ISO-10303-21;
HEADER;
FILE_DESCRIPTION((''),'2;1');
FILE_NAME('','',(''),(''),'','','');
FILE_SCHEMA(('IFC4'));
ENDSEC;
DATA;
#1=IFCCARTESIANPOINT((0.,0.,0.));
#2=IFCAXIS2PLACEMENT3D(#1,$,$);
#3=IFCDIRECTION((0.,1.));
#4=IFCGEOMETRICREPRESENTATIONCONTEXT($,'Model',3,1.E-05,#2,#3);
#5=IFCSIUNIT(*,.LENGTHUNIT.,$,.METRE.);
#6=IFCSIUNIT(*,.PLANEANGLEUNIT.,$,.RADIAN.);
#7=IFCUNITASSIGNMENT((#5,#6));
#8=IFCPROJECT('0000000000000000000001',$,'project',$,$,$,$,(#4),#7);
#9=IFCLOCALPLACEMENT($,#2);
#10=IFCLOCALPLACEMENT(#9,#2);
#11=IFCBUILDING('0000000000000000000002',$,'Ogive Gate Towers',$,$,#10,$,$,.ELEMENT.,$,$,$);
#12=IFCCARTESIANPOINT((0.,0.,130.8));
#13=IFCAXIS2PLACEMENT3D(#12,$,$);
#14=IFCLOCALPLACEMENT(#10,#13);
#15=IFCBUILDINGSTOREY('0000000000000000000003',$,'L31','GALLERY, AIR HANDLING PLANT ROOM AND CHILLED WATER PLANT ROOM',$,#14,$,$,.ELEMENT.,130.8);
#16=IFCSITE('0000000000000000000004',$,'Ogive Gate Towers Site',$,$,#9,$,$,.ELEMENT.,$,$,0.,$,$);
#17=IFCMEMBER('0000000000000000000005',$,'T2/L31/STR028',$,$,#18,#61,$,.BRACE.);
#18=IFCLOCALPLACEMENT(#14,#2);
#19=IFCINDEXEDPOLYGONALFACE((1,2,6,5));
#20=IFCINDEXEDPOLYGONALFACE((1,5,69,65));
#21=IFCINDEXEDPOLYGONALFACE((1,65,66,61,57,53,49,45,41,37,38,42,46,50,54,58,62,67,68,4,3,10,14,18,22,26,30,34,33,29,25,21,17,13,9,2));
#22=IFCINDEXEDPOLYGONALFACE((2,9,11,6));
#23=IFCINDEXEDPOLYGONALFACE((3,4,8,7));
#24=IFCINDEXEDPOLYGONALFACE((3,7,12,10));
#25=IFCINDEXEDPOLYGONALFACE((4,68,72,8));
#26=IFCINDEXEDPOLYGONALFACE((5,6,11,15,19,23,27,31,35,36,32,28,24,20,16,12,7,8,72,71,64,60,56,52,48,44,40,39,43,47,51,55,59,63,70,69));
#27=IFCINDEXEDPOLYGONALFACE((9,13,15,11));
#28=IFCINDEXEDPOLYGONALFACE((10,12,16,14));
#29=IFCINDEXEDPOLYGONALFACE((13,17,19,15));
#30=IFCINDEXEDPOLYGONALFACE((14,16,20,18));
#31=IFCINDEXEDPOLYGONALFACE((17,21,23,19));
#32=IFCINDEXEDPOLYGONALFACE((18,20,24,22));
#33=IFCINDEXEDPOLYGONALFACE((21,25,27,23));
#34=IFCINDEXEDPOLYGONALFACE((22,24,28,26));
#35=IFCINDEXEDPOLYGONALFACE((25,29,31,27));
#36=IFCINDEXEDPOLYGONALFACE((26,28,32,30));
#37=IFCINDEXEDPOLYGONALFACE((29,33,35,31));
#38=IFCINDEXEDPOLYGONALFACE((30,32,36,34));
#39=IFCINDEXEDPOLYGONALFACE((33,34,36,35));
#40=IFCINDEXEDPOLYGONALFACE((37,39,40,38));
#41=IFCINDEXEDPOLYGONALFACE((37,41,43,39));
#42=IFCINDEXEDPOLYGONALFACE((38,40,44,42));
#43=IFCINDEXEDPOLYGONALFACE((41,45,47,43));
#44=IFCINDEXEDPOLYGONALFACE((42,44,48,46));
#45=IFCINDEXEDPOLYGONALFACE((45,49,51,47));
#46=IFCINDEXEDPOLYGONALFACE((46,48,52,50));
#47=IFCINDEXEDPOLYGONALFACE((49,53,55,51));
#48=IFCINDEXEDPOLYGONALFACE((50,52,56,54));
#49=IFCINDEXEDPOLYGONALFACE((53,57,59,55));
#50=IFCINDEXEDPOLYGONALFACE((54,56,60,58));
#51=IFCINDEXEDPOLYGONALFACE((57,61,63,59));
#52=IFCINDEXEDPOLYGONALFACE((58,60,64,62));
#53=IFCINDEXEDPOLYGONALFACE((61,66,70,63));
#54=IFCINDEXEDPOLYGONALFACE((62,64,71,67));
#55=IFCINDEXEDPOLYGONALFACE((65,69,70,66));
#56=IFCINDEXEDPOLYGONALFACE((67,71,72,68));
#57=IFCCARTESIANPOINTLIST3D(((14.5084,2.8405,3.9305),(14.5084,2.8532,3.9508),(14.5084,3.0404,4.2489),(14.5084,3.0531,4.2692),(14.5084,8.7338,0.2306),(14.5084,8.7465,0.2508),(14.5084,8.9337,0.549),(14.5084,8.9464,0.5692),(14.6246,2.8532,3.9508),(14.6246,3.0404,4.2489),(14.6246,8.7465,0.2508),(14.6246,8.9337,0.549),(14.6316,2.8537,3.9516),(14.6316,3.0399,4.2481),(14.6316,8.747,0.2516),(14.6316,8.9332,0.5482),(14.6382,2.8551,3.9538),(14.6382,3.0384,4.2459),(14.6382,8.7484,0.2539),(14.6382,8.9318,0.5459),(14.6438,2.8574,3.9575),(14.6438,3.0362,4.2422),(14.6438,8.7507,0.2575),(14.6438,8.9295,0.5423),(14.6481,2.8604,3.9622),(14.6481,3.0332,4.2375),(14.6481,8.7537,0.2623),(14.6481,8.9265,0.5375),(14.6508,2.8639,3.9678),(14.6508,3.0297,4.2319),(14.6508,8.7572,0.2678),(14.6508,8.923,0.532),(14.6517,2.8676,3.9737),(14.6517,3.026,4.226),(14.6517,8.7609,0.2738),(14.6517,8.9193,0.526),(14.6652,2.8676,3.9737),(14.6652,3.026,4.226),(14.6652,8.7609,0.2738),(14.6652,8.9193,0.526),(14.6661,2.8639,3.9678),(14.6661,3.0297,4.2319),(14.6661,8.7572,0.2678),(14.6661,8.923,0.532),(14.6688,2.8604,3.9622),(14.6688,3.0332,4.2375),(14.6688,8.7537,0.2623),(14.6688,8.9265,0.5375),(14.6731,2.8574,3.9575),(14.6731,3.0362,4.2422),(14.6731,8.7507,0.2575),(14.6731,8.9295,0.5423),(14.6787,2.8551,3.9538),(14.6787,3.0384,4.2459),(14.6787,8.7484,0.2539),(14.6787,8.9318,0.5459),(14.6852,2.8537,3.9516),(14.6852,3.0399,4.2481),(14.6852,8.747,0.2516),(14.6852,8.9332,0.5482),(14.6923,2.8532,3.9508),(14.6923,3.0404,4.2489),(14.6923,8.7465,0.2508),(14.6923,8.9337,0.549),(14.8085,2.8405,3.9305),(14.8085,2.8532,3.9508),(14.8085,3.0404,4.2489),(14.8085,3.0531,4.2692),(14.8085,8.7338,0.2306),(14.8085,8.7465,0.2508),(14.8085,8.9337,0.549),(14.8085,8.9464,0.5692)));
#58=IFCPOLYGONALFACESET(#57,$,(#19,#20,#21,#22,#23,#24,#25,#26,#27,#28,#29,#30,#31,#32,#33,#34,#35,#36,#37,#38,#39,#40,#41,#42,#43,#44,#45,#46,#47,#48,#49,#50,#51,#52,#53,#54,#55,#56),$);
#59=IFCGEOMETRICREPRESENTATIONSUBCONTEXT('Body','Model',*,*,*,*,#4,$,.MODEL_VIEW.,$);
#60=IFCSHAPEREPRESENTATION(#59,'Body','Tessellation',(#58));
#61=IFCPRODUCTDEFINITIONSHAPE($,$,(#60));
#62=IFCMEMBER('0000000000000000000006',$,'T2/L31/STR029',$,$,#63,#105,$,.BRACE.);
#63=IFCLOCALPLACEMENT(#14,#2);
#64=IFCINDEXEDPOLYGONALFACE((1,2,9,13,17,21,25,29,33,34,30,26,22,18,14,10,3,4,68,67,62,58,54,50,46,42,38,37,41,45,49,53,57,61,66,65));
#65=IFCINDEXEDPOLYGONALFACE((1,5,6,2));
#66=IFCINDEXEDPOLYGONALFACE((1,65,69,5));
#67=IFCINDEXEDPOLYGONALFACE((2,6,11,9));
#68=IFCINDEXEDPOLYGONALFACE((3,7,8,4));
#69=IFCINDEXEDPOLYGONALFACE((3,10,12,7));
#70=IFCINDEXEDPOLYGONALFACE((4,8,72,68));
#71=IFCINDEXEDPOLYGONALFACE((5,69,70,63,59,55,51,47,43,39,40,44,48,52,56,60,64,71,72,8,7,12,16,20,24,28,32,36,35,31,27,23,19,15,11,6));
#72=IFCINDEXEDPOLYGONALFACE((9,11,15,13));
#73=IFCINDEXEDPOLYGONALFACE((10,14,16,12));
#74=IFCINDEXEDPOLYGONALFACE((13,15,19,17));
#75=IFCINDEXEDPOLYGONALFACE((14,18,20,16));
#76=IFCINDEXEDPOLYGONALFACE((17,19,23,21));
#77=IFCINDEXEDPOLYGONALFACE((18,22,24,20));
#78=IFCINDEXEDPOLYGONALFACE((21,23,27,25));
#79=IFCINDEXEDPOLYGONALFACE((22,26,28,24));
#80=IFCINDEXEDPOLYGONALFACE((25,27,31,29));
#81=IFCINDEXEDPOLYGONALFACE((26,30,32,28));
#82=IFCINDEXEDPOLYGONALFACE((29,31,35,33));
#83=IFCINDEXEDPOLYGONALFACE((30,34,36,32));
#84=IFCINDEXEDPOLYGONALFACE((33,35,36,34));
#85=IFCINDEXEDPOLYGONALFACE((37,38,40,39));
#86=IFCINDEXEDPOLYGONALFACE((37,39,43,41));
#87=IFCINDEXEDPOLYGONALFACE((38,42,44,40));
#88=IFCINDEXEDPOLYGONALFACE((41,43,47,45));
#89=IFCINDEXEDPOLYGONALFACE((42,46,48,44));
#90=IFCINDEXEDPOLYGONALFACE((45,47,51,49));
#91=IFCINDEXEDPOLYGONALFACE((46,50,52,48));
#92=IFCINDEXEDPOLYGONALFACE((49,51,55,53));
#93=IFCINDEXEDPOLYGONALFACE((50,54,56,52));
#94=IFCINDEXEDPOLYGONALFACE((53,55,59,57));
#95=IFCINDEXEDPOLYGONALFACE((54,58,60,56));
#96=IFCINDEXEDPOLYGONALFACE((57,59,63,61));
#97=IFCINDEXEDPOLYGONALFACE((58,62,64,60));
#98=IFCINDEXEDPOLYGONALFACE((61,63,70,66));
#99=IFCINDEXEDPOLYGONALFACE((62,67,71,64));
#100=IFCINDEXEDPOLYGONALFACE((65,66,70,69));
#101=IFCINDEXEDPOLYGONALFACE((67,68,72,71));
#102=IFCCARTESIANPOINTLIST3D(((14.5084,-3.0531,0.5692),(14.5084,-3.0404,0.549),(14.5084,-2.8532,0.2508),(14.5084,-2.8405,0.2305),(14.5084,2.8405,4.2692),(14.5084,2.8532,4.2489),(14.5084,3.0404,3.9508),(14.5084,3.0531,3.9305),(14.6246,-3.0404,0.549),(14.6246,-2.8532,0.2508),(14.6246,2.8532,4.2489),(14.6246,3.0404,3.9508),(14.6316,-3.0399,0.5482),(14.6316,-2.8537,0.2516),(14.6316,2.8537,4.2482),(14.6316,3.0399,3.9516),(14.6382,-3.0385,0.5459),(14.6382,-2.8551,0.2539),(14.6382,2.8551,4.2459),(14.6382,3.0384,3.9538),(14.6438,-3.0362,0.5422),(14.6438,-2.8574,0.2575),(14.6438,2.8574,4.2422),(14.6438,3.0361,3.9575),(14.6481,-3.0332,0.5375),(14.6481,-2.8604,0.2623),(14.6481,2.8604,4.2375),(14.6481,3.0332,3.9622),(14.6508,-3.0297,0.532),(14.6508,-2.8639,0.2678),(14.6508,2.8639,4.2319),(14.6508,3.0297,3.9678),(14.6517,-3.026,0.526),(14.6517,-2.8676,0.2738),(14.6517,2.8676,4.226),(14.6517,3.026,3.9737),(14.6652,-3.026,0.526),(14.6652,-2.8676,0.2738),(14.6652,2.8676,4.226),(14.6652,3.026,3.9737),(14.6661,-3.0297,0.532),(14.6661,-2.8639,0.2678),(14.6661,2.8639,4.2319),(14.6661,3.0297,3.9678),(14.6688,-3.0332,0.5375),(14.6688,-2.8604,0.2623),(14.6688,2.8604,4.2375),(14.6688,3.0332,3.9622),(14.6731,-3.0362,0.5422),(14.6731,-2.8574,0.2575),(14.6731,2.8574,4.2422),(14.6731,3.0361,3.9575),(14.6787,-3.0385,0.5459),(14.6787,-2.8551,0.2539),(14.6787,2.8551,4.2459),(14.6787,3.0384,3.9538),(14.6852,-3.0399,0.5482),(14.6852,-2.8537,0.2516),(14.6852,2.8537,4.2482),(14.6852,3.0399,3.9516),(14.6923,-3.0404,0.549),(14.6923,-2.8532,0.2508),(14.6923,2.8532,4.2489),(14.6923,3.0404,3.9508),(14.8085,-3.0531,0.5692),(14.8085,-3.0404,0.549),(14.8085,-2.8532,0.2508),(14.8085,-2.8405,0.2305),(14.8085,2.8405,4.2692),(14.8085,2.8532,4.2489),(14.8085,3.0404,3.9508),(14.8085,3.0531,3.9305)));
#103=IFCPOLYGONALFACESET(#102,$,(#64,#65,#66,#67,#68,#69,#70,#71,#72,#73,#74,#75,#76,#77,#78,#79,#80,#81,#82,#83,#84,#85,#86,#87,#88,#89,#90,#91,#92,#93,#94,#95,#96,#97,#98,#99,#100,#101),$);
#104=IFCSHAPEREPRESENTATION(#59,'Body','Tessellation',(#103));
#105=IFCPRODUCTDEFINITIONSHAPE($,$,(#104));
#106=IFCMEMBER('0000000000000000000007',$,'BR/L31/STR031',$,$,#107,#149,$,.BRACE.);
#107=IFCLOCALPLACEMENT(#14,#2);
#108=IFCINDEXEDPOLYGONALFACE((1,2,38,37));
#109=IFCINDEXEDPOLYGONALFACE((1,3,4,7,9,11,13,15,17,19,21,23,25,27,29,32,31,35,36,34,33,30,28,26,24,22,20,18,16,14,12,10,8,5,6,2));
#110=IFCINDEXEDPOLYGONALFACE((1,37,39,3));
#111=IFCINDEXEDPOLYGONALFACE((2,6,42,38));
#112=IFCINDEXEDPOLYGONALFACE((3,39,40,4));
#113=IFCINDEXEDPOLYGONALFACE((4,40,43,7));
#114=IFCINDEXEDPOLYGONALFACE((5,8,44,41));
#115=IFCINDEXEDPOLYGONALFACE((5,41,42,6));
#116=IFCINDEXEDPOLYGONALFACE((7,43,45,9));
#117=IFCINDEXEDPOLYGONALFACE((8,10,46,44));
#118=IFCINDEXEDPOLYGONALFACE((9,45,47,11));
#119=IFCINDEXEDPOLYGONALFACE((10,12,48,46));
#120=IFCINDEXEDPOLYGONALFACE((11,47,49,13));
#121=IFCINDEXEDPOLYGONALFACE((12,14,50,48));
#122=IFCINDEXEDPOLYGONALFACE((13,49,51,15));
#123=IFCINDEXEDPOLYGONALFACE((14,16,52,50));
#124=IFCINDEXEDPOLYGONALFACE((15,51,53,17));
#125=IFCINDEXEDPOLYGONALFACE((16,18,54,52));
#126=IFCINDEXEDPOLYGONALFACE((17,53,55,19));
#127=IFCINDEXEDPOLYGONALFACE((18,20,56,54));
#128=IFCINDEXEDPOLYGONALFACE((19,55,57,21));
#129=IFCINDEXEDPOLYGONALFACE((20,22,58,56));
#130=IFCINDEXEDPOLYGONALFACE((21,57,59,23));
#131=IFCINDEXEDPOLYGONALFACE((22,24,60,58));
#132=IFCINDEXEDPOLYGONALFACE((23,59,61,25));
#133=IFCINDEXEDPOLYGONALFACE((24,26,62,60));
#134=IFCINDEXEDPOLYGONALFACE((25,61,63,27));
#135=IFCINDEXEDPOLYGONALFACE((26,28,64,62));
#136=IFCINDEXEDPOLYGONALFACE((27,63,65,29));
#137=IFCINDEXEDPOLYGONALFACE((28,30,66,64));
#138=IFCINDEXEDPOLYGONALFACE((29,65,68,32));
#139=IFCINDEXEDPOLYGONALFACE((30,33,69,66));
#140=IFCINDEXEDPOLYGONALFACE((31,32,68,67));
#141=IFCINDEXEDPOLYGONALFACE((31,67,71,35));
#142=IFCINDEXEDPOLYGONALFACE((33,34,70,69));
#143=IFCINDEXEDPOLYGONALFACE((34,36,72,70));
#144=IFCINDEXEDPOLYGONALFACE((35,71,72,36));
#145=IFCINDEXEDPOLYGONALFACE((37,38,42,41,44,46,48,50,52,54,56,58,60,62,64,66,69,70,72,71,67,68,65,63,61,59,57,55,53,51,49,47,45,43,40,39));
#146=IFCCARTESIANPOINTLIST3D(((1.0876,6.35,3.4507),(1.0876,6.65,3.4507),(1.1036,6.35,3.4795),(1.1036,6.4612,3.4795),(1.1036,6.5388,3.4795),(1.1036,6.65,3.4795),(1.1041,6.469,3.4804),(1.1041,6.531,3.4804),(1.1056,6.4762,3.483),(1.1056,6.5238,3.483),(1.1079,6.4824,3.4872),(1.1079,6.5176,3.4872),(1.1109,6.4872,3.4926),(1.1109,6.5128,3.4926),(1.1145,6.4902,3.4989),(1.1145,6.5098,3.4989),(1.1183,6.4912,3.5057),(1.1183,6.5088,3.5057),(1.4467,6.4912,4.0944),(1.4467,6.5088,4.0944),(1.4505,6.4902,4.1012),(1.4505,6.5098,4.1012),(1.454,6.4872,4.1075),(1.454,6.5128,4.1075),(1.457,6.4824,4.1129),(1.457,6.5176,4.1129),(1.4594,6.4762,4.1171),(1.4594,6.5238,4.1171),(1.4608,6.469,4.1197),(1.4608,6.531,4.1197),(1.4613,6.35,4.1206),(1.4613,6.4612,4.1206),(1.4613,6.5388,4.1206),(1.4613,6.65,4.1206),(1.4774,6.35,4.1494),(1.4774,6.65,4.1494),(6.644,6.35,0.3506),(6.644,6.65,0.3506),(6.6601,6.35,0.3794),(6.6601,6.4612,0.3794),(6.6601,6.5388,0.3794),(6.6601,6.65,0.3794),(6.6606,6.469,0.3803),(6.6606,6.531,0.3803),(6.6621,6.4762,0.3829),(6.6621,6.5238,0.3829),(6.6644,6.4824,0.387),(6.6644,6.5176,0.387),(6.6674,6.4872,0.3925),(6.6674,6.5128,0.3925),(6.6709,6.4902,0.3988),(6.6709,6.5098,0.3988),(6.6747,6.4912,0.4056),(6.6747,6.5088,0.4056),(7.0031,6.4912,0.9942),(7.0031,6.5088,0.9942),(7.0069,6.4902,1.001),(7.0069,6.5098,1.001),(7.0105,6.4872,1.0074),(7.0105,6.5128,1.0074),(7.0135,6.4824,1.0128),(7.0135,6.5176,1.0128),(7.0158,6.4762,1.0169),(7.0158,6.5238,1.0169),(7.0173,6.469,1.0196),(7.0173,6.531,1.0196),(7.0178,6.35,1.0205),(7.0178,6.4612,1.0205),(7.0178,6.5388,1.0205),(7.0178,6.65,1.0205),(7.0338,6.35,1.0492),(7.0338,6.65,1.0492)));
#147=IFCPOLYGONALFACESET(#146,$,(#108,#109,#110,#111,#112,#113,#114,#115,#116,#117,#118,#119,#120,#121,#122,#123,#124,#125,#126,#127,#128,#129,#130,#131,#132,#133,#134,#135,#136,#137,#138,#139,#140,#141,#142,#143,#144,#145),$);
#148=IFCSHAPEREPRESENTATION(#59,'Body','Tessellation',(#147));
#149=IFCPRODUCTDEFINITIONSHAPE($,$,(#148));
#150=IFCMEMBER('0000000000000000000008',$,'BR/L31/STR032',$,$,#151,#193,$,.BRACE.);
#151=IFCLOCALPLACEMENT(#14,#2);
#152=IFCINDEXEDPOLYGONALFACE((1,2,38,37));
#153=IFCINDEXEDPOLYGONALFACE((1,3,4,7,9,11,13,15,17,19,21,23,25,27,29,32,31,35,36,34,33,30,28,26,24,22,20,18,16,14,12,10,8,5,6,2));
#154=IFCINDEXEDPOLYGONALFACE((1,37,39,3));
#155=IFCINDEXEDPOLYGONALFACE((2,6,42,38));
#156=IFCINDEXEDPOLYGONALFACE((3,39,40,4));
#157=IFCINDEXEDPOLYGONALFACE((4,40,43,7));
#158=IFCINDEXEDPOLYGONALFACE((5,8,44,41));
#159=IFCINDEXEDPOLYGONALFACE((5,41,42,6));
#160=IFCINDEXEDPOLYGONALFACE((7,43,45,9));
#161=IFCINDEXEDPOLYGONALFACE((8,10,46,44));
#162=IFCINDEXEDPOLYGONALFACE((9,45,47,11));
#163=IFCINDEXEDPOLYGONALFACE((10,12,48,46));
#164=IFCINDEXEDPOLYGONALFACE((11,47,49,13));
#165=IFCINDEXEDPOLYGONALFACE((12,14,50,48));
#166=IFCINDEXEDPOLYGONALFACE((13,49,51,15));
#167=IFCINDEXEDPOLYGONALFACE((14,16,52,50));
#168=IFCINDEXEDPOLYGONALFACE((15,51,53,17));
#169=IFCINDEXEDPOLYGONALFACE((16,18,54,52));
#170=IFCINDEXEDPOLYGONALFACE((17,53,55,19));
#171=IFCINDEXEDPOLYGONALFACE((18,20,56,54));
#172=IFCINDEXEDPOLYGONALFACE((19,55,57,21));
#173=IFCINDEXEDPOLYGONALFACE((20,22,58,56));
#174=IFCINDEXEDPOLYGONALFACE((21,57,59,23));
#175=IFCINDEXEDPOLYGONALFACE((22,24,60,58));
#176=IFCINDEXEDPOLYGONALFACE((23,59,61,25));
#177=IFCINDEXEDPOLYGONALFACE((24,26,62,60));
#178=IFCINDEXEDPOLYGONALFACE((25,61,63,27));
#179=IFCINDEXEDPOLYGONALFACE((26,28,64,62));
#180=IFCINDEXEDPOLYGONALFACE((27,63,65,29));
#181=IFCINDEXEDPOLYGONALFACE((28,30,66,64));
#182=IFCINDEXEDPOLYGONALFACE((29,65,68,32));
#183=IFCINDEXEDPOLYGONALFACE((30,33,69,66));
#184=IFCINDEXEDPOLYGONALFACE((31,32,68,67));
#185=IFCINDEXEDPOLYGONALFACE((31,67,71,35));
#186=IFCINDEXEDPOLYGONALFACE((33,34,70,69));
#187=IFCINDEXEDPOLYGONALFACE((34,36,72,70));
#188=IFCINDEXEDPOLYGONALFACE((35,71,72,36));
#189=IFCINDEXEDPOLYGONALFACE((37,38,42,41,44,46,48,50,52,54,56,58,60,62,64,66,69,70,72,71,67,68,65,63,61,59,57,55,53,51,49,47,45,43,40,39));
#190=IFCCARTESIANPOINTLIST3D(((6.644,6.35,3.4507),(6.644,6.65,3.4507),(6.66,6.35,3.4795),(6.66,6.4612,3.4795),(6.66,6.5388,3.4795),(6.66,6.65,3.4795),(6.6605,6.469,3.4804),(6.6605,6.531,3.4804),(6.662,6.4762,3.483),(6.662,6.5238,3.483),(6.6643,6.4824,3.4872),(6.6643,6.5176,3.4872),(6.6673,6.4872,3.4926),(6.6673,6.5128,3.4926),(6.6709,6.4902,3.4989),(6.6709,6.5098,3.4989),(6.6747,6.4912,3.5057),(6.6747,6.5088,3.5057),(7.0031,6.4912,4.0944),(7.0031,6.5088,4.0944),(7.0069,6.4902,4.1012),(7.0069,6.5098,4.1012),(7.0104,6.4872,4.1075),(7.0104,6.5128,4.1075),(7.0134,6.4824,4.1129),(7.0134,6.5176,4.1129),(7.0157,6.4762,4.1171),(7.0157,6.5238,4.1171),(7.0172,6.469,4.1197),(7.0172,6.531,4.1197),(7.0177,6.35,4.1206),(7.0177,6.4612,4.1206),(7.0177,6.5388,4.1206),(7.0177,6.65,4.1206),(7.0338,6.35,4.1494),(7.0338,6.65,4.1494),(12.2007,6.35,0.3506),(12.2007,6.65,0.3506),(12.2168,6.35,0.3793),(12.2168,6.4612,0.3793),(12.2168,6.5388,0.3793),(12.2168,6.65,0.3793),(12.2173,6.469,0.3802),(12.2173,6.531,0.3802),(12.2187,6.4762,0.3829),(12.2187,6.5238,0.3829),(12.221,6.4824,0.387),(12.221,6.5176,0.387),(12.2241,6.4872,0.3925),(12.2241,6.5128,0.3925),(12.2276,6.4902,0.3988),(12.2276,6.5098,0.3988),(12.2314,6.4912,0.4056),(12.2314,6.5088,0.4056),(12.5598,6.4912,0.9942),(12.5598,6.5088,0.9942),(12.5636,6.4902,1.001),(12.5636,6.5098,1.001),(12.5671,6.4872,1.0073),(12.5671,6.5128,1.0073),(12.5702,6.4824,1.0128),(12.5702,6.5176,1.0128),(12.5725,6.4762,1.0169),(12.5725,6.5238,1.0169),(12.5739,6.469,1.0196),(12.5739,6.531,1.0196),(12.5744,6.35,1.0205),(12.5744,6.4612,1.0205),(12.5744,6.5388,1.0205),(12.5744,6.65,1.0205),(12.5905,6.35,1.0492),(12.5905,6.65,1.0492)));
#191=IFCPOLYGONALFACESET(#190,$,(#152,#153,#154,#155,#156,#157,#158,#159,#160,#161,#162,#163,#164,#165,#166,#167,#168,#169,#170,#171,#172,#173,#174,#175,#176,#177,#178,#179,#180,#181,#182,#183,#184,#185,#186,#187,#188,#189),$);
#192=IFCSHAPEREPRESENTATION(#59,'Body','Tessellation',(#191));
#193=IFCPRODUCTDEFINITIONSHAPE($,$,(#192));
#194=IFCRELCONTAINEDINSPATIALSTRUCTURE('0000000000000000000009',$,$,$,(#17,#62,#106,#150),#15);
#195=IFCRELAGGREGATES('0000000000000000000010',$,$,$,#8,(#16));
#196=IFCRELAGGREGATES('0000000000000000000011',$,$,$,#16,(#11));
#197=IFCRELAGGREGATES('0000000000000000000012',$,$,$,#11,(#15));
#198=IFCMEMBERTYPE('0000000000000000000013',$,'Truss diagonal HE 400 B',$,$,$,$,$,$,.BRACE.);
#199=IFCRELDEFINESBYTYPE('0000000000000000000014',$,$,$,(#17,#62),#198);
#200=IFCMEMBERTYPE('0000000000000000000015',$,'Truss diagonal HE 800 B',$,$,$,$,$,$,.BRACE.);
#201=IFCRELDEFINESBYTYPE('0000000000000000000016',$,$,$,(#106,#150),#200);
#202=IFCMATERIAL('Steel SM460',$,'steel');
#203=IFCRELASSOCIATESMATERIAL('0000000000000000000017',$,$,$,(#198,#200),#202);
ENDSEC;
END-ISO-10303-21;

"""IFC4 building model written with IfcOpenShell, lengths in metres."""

from ifc_helpers import new_model, si_unit, direction, frame, origin, origin_2d, place, context, subcontext, project, spatial, i_section, extrude, material, material_profile, profile_set, type_object, element, save


model = new_model("IFC4")

# Units and contexts
model_context = context("Model", 3, precision=1e-05, world=origin(), true_north=direction((0.0, 1.0)))
body_context = subcontext(model_context, "Body", "Model", "MODEL_VIEW")
ifc_project = project(units=[si_unit("LENGTHUNIT", "METRE"), si_unit("PLANEANGLEUNIT", "RADIAN")], contexts=[model_context])

# Site, building, storey
site_placement = place(None, origin())
site = spatial("IfcSite", under=ifc_project, at=site_placement, Name="Ogive Gate Towers Site", CompositionType="ELEMENT", RefElevation=0.0)
building_placement = place(site_placement, origin())
building = spatial("IfcBuilding", under=site, at=building_placement, Name="Ogive Gate Towers", CompositionType="ELEMENT")
storey_placement = place(building_placement, frame((0.0, 0.0, 130.8)))
storey = spatial("IfcBuildingStorey", under=building, at=storey_placement, Name="L31", Description="GALLERY, AIR HANDLING PLANT ROOM AND CHILLED WATER PLANT ROOM", CompositionType="ELEMENT", Elevation=130.8)

# Shared definitions
ifc_material_1 = material(Name="Steel SM460", Category="steel")

# Members
ifc_material_profile_1 = material_profile(ifc_material_1, i_section(OverallWidth=0.3, OverallDepth=0.3999, WebThickness=0.0134, FlangeThickness=0.0239, FilletRadius=0.0271, at=origin_2d()), Name="HE 400 B")
ifc_profile_set_1 = profile_set([ifc_material_profile_1], Name="Steel SM460")
member_type_1 = type_object("IfcMemberType", Name="Truss diagonal HE 400 B", PredefinedType="BRACE", material=ifc_profile_set_1)
for number, where, z_axis, x_axis, name in (
    (1, (14.6584, 8.8401, 0.3999), (0.0, -0.846922, 0.531717), (1.0, 0.0, 0.0), "T2/L31/STR028"),
):
    element("IfcMember", number, at=place(storey_placement, frame(where, z_axis=z_axis, x_axis=x_axis)), inside=storey, type_object=member_type_1, Name=name, PredefinedType="BRACE", context=body_context, shape_type="SweptSolid", body=[
        extrude(i_section(OverallWidth=0.3, OverallDepth=0.3999, WebThickness=0.0134, FlangeThickness=0.0239, FilletRadius=0.0271, at=origin_2d()), origin(), (0.0, 0.0, 1.0), 6.9585),
    ])
member_1_placement = place(storey_placement, frame((14.6584, 2.9468, 4.0999), z_axis=(0.0, -0.846932, -0.531701), x_axis=(1.0, 0.0, 0.0)))
element("IfcMember", 2, at=member_1_placement, inside=storey, type_object=member_type_1, Name="T2/L31/STR029", PredefinedType="BRACE", context=body_context, shape_type="SweptSolid", body=[
    extrude(i_section(OverallWidth=0.3, OverallDepth=0.3999, WebThickness=0.0134, FlangeThickness=0.0239, FilletRadius=0.0271, at=origin_2d()), origin(), (0.0, 0.0, 1.0), 6.9587),
])
ifc_material_profile_2 = material_profile(ifc_material_1, i_section(OverallWidth=0.3, OverallDepth=0.8, WebThickness=0.0176, FlangeThickness=0.033, FilletRadius=0.03, at=origin_2d()), Name="HE 800 B")
ifc_profile_set_2 = profile_set([ifc_material_profile_2], Name="Steel SM460")
member_type_2 = type_object("IfcMemberType", Name="Truss diagonal HE 800 B", PredefinedType="BRACE", material=ifc_profile_set_2)
member_2_placement = place(storey_placement, frame((1.2825, 6.5, 3.8), z_axis=(0.873274, 0.0, -0.487229), x_axis=(0.0, 1.0, 0.0)))
element("IfcMember", 3, at=member_2_placement, inside=storey, type_object=member_type_2, Name="BR/L31/STR031", PredefinedType="BRACE", context=body_context, shape_type="SweptSolid", body=[
    extrude(i_section(OverallWidth=0.3, OverallDepth=0.8, WebThickness=0.0176, FlangeThickness=0.033, FilletRadius=0.03, at=origin_2d()), origin(), (0.0, 0.0, 1.0), 6.3628),
])
member_3_placement = place(storey_placement, frame((6.8389, 6.5, 3.8), z_axis=(0.873284, 0.0, -0.487212), x_axis=(0.0, 1.0, 0.0)))
element("IfcMember", 4, at=member_3_placement, inside=storey, type_object=member_type_2, Name="BR/L31/STR032", PredefinedType="BRACE", context=body_context, shape_type="SweptSolid", body=[
    extrude(i_section(OverallWidth=0.3, OverallDepth=0.8, WebThickness=0.0176, FlangeThickness=0.033, FilletRadius=0.03, at=origin_2d()), origin(), (0.0, 0.0, 1.0), 6.363),
])

save(model, "model.ifc")
